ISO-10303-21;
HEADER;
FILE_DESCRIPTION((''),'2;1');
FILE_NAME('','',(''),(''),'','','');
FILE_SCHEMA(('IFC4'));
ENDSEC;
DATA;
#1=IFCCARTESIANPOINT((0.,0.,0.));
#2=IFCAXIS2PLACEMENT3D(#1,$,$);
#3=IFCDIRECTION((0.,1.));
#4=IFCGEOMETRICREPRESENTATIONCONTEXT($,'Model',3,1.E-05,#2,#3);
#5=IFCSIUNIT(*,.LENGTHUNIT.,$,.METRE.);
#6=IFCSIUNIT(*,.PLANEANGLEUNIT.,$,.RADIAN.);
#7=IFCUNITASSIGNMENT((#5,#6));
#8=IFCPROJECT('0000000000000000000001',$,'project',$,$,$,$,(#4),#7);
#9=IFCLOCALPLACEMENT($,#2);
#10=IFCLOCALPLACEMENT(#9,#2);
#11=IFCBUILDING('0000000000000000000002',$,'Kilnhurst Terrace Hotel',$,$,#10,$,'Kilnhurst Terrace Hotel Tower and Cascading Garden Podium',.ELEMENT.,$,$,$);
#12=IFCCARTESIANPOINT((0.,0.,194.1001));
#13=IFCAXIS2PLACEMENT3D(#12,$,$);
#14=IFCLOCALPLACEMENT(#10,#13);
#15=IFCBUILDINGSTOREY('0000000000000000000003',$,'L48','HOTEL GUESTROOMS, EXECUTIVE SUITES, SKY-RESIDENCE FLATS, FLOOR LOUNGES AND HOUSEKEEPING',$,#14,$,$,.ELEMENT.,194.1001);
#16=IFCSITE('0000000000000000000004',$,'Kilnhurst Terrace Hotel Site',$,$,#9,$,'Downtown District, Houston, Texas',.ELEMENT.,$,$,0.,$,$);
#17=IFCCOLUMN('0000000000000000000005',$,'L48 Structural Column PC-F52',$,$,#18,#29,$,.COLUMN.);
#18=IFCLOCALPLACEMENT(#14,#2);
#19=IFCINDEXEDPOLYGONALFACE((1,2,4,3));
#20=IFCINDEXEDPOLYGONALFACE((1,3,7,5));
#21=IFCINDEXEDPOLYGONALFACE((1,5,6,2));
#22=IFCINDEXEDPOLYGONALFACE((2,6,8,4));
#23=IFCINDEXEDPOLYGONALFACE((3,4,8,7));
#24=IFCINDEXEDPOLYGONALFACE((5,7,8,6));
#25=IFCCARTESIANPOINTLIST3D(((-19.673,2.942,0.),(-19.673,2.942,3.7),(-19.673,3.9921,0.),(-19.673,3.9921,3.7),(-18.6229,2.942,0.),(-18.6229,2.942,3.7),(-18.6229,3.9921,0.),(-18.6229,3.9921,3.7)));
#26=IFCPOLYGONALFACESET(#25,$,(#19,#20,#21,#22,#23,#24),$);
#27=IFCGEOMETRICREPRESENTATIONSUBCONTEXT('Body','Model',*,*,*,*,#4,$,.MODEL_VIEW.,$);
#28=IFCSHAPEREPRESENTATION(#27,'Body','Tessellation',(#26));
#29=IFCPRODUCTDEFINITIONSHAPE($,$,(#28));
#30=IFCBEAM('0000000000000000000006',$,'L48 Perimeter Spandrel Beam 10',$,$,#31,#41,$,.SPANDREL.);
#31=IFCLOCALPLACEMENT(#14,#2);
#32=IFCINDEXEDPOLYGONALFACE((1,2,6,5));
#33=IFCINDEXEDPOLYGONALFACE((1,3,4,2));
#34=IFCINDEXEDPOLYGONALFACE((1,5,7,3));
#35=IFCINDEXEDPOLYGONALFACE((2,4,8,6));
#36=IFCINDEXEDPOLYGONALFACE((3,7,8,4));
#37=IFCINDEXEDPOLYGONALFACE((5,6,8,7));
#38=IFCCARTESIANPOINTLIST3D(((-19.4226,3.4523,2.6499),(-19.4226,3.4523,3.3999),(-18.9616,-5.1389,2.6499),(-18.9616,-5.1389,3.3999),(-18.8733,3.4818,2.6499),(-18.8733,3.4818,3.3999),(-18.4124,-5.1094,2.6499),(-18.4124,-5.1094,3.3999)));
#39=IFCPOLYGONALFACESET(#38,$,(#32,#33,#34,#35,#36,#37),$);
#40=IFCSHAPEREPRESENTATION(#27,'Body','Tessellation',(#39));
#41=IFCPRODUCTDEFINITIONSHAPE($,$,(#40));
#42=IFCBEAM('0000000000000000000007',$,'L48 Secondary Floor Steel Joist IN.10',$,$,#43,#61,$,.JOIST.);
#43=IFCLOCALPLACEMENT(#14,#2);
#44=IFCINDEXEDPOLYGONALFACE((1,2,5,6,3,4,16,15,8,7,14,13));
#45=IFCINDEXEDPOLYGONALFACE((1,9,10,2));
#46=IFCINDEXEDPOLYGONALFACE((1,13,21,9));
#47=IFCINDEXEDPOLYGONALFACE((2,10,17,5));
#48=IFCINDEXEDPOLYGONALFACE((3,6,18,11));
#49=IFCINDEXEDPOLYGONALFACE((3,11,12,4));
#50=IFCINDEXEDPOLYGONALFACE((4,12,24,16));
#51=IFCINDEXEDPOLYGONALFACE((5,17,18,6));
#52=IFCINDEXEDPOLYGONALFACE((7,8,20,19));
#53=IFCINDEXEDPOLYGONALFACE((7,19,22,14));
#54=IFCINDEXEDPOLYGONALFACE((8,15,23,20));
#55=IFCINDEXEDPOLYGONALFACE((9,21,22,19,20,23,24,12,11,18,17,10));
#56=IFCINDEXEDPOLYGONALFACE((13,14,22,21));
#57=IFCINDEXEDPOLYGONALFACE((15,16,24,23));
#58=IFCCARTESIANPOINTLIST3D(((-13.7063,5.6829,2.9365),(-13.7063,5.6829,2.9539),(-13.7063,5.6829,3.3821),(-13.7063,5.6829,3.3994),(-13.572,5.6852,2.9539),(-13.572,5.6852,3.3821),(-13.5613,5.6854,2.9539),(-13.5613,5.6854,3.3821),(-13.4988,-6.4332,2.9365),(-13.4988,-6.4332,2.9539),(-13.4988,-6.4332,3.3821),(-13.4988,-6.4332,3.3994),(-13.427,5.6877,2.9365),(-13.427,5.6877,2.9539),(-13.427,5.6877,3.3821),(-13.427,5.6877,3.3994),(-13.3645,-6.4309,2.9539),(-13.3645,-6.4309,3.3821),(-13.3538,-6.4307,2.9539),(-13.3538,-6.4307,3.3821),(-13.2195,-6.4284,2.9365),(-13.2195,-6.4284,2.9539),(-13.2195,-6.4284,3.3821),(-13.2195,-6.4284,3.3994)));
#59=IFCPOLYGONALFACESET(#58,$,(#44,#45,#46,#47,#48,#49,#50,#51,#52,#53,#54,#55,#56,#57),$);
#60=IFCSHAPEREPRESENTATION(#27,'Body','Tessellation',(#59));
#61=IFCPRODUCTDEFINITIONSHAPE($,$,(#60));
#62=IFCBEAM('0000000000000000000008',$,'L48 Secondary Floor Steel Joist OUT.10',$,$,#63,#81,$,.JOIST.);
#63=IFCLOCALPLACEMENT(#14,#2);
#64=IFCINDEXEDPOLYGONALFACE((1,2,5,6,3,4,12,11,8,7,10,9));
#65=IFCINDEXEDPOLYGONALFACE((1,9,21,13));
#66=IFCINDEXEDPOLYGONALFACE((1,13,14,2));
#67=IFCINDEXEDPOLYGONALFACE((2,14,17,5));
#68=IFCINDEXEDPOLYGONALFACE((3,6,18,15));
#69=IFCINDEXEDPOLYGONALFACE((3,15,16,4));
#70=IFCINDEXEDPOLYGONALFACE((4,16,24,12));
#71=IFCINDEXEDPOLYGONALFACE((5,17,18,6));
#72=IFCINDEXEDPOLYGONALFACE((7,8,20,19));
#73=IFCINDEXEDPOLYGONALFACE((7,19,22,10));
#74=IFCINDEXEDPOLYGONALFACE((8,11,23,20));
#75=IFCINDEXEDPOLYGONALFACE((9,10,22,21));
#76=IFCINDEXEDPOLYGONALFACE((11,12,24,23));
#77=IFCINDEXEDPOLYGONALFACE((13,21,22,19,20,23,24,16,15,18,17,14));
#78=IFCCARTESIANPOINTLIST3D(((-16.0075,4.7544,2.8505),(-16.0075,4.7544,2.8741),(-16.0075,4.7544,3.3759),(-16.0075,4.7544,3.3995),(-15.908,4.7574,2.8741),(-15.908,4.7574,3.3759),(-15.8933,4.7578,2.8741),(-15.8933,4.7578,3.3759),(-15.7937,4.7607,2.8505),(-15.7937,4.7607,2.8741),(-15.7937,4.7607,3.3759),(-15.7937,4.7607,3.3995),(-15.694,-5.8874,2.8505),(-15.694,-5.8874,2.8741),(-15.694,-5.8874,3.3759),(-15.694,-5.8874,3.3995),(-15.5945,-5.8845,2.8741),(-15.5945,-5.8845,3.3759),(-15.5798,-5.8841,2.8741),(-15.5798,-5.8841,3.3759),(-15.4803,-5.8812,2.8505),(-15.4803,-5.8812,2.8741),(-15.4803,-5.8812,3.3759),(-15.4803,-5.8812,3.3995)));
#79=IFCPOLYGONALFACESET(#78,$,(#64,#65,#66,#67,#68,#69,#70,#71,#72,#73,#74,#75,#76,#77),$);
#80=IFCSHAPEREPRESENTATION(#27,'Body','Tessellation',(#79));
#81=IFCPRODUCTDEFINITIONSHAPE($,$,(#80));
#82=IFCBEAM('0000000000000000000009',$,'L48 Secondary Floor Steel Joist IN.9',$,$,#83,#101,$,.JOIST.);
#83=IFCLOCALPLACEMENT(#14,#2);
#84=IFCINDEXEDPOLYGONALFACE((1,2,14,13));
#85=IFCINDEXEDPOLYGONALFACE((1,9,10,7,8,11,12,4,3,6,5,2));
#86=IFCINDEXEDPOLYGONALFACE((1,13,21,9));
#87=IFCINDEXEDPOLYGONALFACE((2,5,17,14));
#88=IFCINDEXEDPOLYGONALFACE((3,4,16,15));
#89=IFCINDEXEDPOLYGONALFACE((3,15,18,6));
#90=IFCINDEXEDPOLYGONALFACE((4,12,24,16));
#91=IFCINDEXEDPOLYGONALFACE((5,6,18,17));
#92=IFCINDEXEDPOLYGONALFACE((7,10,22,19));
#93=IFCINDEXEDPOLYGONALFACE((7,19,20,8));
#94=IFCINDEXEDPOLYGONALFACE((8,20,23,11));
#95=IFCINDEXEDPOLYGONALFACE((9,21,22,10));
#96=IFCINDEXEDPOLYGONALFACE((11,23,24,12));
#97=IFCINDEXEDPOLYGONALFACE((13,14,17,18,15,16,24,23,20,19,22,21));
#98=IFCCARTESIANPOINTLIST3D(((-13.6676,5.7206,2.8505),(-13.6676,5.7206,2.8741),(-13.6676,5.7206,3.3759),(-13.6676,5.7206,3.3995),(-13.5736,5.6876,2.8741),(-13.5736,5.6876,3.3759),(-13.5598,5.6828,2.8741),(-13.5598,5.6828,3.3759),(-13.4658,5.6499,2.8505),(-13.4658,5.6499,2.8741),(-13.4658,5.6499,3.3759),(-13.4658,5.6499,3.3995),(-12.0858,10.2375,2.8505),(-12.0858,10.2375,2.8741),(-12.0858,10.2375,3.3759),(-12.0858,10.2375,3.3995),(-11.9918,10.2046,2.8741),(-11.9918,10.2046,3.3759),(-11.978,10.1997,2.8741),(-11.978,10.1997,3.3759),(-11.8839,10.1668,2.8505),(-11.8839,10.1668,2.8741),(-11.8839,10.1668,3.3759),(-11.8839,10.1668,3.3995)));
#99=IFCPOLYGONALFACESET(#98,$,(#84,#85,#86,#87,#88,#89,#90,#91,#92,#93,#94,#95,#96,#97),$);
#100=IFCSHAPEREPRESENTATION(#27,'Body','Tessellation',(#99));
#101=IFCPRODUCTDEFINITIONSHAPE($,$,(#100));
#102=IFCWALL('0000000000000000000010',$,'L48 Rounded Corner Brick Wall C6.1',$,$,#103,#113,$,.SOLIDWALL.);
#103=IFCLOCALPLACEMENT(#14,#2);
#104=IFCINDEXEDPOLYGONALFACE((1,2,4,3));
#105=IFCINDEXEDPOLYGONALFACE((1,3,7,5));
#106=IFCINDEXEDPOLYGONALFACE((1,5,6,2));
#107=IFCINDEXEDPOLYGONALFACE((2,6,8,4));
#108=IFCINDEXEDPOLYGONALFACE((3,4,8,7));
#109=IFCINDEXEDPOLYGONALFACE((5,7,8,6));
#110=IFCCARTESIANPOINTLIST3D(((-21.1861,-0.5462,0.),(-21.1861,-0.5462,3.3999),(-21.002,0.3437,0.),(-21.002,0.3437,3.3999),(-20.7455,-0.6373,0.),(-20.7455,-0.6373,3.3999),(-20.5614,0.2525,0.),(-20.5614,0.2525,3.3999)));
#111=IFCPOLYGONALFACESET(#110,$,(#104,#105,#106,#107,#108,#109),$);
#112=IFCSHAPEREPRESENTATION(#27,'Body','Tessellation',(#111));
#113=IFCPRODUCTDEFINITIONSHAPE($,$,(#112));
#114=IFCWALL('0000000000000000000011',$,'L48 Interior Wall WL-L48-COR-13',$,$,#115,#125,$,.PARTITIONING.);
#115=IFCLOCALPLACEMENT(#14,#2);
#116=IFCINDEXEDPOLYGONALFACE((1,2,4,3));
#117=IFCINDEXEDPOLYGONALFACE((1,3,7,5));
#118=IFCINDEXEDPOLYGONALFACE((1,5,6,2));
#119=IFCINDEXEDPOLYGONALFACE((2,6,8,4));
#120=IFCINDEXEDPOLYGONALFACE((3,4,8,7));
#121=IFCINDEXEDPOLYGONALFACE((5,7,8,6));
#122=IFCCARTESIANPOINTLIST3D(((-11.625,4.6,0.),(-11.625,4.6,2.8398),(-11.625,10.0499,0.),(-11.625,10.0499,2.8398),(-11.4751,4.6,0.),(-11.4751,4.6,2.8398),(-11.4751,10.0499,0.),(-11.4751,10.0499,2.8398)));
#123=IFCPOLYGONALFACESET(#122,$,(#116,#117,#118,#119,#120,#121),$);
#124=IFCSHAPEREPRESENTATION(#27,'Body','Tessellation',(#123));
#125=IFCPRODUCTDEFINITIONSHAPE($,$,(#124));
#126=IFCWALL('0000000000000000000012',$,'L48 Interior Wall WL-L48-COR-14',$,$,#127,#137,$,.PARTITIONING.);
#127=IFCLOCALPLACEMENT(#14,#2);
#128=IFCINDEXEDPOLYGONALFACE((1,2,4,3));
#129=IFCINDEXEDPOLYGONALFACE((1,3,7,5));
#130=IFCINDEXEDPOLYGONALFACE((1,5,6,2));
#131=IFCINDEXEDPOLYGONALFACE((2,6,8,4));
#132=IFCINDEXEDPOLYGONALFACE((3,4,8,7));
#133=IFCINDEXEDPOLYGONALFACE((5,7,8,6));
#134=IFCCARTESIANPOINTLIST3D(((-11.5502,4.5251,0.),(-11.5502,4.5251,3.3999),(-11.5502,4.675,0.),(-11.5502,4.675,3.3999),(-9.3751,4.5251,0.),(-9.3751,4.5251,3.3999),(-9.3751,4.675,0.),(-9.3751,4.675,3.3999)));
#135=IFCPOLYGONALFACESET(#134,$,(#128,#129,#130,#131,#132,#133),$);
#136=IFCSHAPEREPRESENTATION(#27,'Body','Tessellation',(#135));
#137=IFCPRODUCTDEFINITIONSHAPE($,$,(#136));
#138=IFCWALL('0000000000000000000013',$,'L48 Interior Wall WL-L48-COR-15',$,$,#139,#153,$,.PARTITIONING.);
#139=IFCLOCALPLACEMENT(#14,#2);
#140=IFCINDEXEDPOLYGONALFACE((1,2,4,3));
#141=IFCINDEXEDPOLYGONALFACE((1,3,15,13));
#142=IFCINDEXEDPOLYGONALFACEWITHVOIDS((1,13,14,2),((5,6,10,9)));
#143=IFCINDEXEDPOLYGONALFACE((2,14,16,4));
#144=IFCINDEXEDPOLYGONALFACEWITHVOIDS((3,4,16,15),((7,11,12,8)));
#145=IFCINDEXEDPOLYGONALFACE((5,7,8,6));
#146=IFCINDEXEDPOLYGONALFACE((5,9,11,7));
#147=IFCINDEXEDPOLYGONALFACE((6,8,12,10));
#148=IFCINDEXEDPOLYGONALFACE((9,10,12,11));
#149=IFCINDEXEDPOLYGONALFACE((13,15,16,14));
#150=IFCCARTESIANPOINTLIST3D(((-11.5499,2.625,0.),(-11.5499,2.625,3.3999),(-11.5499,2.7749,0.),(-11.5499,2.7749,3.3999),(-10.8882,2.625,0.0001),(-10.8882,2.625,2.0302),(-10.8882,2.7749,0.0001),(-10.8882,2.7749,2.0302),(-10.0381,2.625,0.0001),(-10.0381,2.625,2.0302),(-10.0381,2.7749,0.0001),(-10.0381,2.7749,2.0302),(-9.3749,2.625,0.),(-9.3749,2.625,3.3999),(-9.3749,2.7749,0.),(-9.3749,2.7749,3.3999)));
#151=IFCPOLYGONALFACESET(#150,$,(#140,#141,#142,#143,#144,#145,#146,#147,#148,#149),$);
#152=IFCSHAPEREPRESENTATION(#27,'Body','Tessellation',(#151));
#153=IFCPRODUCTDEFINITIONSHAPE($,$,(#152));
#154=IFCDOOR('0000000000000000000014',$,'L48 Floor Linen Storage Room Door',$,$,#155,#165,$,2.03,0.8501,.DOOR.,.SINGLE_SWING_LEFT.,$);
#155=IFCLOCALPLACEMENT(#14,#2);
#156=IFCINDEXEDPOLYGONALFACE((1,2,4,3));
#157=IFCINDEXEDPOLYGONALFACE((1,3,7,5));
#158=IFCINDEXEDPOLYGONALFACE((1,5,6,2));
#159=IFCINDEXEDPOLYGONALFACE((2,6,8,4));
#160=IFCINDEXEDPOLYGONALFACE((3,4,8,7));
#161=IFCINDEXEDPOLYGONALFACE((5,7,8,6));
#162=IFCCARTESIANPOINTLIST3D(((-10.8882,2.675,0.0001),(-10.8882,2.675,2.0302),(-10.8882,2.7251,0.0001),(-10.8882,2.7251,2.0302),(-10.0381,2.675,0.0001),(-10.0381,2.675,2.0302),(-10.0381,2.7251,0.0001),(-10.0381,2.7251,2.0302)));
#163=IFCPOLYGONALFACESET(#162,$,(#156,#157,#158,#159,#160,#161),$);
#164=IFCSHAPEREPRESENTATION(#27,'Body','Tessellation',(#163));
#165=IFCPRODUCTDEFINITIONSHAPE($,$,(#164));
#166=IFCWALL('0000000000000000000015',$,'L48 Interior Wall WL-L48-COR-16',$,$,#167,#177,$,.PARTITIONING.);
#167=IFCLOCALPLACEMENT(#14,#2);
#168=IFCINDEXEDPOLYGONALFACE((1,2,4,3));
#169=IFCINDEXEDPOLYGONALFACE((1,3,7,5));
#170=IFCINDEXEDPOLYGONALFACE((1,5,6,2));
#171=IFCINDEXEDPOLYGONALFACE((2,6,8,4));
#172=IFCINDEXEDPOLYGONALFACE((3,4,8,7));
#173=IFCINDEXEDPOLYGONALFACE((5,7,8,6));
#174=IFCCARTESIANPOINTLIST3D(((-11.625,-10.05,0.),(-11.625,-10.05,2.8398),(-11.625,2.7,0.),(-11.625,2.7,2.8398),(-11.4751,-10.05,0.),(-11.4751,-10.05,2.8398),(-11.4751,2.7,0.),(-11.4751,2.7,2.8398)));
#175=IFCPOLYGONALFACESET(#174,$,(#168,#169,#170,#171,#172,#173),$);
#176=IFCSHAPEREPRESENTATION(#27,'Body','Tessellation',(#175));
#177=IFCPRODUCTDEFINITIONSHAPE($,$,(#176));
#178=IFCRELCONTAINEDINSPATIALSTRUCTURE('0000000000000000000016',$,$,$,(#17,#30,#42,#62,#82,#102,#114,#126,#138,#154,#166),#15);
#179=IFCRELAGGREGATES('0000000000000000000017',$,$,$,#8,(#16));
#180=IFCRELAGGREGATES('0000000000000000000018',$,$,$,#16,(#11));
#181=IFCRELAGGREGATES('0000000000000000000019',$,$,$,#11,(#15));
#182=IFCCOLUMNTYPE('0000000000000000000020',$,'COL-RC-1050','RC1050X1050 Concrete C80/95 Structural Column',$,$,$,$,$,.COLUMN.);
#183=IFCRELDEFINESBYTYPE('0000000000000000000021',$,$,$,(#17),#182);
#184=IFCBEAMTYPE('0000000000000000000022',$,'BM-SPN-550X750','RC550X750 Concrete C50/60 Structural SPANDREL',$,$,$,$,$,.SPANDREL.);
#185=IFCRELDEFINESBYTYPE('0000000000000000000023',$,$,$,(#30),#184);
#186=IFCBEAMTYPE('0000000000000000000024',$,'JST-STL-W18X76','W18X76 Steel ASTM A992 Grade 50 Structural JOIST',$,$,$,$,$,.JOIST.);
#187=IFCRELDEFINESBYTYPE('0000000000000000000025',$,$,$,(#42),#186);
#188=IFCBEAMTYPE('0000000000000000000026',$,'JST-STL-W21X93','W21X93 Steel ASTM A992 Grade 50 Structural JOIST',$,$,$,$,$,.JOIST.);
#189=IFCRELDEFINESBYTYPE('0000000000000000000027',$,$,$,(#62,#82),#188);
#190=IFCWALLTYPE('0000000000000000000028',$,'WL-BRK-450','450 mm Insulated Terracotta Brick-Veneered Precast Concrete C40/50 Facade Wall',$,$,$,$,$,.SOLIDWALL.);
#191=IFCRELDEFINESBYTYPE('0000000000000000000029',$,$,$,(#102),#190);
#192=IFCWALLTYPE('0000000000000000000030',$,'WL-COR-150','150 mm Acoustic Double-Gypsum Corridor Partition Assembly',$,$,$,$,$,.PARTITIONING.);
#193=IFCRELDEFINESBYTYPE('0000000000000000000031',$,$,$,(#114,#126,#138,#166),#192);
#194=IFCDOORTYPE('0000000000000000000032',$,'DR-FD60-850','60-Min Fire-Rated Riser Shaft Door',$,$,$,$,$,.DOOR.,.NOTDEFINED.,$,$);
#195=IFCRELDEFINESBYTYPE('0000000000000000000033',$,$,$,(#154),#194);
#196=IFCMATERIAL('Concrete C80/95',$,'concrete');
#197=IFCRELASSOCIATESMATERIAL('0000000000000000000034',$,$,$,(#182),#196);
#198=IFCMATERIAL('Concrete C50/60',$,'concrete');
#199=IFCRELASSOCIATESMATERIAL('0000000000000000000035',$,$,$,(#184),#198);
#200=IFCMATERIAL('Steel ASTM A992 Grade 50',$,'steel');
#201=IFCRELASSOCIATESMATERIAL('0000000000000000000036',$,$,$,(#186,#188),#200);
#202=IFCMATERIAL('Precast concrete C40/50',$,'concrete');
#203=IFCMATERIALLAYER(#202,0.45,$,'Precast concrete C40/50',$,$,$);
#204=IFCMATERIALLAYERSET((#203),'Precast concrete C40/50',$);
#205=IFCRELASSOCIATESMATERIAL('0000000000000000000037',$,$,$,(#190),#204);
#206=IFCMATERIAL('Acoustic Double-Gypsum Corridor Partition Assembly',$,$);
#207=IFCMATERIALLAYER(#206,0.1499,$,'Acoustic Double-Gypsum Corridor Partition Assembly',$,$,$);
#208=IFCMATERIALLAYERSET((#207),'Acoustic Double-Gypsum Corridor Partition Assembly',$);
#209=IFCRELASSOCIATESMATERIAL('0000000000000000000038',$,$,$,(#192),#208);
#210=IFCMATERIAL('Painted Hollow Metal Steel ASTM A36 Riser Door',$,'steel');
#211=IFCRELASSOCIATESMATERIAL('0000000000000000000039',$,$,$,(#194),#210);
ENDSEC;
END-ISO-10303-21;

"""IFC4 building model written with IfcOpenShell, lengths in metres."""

from ifc_helpers import new_model, si_unit, direction, frame, frame_2d, origin, origin_2d, place, context, subcontext, project, spatial, rectangle, i_section, extrude, material, layer, layer_set, material_profile, profile_set, type_object, element, fill, save


model = new_model("IFC4")

# Units and contexts
model_context = context("Model", 3, precision=1e-05, world=origin(), true_north=direction((0.0, 1.0)))
body_context = subcontext(model_context, "Body", "Model", "MODEL_VIEW")
ifc_project = project(units=[si_unit("LENGTHUNIT", "METRE"), si_unit("PLANEANGLEUNIT", "RADIAN")], contexts=[model_context])

# Site, building, storey
site_placement = place(None, origin())
site = spatial("IfcSite", under=ifc_project, at=site_placement, Name="Kilnhurst Terrace Hotel Site", LongName="Downtown District, Houston, Texas", CompositionType="ELEMENT", RefElevation=0.0)
building_placement = place(site_placement, origin())
building = spatial("IfcBuilding", under=site, at=building_placement, Name="Kilnhurst Terrace Hotel", LongName="Kilnhurst Terrace Hotel Tower and Cascading Garden Podium", CompositionType="ELEMENT")
storey_placement = place(building_placement, frame((0.0, 0.0, 194.1001)))
storey = spatial("IfcBuildingStorey", under=building, at=storey_placement, Name="L48", Description="HOTEL GUESTROOMS, EXECUTIVE SUITES, SKY-RESIDENCE FLATS, FLOOR LOUNGES AND HOUSEKEEPING", CompositionType="ELEMENT", Elevation=194.1001)

# Column
ifc_material_1 = material(Name="Concrete C80/95", Category="concrete")
ifc_material_profile_1 = material_profile(ifc_material_1, rectangle(XDim=1.05, YDim=1.05, at=origin_2d()), Name="RC1050X1050")
ifc_profile_set_1 = profile_set([ifc_material_profile_1], Name="Concrete C80/95")
column_type = type_object("IfcColumnType", Name="COL-RC-1050", Description="RC1050X1050 Concrete C80/95 Structural Column", PredefinedType="COLUMN", material=ifc_profile_set_1)
column_placement = place(storey_placement, frame((-19.1479, 3.467, 0.0), z_axis=(0.0, 0.0, 1.0), x_axis=(1.0, 0.0, 0.0)))
element("IfcColumn", 1, at=column_placement, inside=storey, type_object=column_type, Name="L48 Structural Column PC-F52", PredefinedType="COLUMN", context=body_context, shape_type="SweptSolid", body=[
    extrude(rectangle(XDim=1.05, YDim=1.05, at=origin_2d()), origin(), (0.0, 0.0, 1.0), 3.7),
])

# Beams
ifc_material_2 = material(Name="Concrete C50/60", Category="concrete")
ifc_material_profile_2 = material_profile(ifc_material_2, rectangle(XDim=0.55, YDim=0.75, at=origin_2d()), Name="RC550X750")
ifc_profile_set_2 = profile_set([ifc_material_profile_2], Name="Concrete C50/60")
beam_type_1 = type_object("IfcBeamType", Name="BM-SPN-550X750", Description="RC550X750 Concrete C50/60 Structural SPANDREL", PredefinedType="SPANDREL", material=ifc_profile_set_2)
beam_1_placement = place(storey_placement, frame((-19.1479, 3.467, 3.0249), z_axis=(0.053576, -0.998564, 0.0), x_axis=(0.998564, 0.053576, 0.0)))
element("IfcBeam", 2, at=beam_1_placement, inside=storey, type_object=beam_type_1, Name="L48 Perimeter Spandrel Beam 10", PredefinedType="SPANDREL", context=body_context, shape_type="SweptSolid", body=[
    extrude(rectangle(XDim=0.55, YDim=0.75, at=origin_2d()), origin(), (0.0, 0.0, 1.0), 8.6035),
])
ifc_material_3 = material(Name="Steel ASTM A992 Grade 50", Category="steel")
ifc_material_profile_3 = material_profile(ifc_material_3, i_section(OverallWidth=0.2793, OverallDepth=0.4629, WebThickness=0.0107, FlangeThickness=0.0173, at=origin_2d()), Name="W18X76")
ifc_profile_set_3 = profile_set([ifc_material_profile_3], Name="Steel ASTM A992 Grade 50")
beam_type_2 = type_object("IfcBeamType", Name="JST-STL-W18X76", Description="W18X76 Steel ASTM A992 Grade 50 Structural JOIST", PredefinedType="JOIST", material=ifc_profile_set_3)
beam_2_placement = place(storey_placement, frame((-13.5667, 5.6853, 3.168), z_axis=(0.017125, -0.999853, 0.0), x_axis=(0.999853, 0.017125, 0.0)))
element("IfcBeam", 3, at=beam_2_placement, inside=storey, type_object=beam_type_2, Name="L48 Secondary Floor Steel Joist IN.10", PredefinedType="JOIST", context=body_context, shape_type="SweptSolid", body=[
    extrude(i_section(OverallWidth=0.2793, OverallDepth=0.4629, WebThickness=0.0107, FlangeThickness=0.0173, at=origin_2d()), origin(), (0.0, 0.0, 1.0), 12.1179),
])
ifc_material_profile_4 = material_profile(ifc_material_3, i_section(OverallWidth=0.2139, OverallDepth=0.5491, WebThickness=0.0146, FlangeThickness=0.0237, at=origin_2d()), Name="W21X93")
ifc_profile_set_4 = profile_set([ifc_material_profile_4], Name="Steel ASTM A992 Grade 50")
beam_type_3 = type_object("IfcBeamType", Name="JST-STL-W21X93", Description="W21X93 Steel ASTM A992 Grade 50 Structural JOIST", PredefinedType="JOIST", material=ifc_profile_set_4)
beam_3_placement = place(storey_placement, frame((-15.9006, 4.7576, 3.125), z_axis=(0.029444, -0.999566, 0.0), x_axis=(0.999566, 0.029444, 0.0)))
element("IfcBeam", 4, at=beam_3_placement, inside=storey, type_object=beam_type_3, Name="L48 Secondary Floor Steel Joist OUT.10", PredefinedType="JOIST", context=body_context, shape_type="SweptSolid", body=[
    extrude(i_section(OverallWidth=0.2139, OverallDepth=0.5491, WebThickness=0.0146, FlangeThickness=0.0237, at=origin_2d()), origin(), (0.0, 0.0, 1.0), 10.6465),
])
beam_4_placement = place(storey_placement, frame((-11.9849, 10.2021, 3.125), z_axis=(-0.330516, -0.9438, 0.0), x_axis=(0.9438, -0.330516, 0.0)))
element("IfcBeam", 5, at=beam_4_placement, inside=storey, type_object=beam_type_3, Name="L48 Secondary Floor Steel Joist IN.9", PredefinedType="JOIST", context=body_context, shape_type="SweptSolid", body=[
    extrude(i_section(OverallWidth=0.2139, OverallDepth=0.5491, WebThickness=0.0146, FlangeThickness=0.0237, at=origin_2d()), origin(), (0.0, 0.0, 1.0), 4.7859),
])

# Walls
ifc_material_4 = material(Name="Precast concrete C40/50", Category="concrete")
ifc_layer_1 = layer(ifc_material_4, 0.45, Name="Precast concrete C40/50")
ifc_layer_set_1 = layer_set([ifc_layer_1], Name="Precast concrete C40/50")
wall_type_1 = type_object("IfcWallType", Name="WL-BRK-450", Description="450 mm Insulated Terracotta Brick-Veneered Precast Concrete C40/50 Facade Wall", PredefinedType="SOLIDWALL", material=ifc_layer_set_1)
wall_1_placement = place(storey_placement, frame((-20.7817, 0.2981, 0.0), z_axis=(0.0, 0.0, 1.0), x_axis=(-0.20257, -0.979268, 0.0)))
element("IfcWall", 6, at=wall_1_placement, inside=storey, type_object=wall_type_1, Name="L48 Rounded Corner Brick Wall C6.1", PredefinedType="SOLIDWALL", context=body_context, shape_type="SweptSolid", body=[
    extrude(rectangle(XDim=0.9087, YDim=0.45, at=frame_2d((0.4543, 0.0))), origin(), (0.0, 0.0, 1.0), 3.3999),
])
ifc_material_5 = material(Name="Acoustic Double-Gypsum Corridor Partition Assembly")
ifc_layer_2 = layer(ifc_material_5, 0.1499, Name="Acoustic Double-Gypsum Corridor Partition Assembly")
ifc_layer_set_2 = layer_set([ifc_layer_2], Name="Acoustic Double-Gypsum Corridor Partition Assembly")
wall_type_2 = type_object("IfcWallType", Name="WL-COR-150", Description="150 mm Acoustic Double-Gypsum Corridor Partition Assembly", PredefinedType="PARTITIONING", material=ifc_layer_set_2)
wall_2_placement = place(storey_placement, frame((-11.55, 10.05, 0.0), z_axis=(0.0, 0.0, 1.0), x_axis=(0.0, -1.0, 0.0)))
element("IfcWall", 7, at=wall_2_placement, inside=storey, type_object=wall_type_2, Name="L48 Interior Wall WL-L48-COR-13", PredefinedType="PARTITIONING", context=body_context, shape_type="SweptSolid", body=[
    extrude(rectangle(XDim=5.45, YDim=0.1499, at=frame_2d((2.7251, 0.0))), origin(), (0.0, 0.0, 1.0), 2.8398),
])
wall_3_placement = place(storey_placement, frame((-11.55, 4.6001, 0.0), z_axis=(0.0, 0.0, 1.0), x_axis=(1.0, 0.0, 0.0)))
element("IfcWall", 8, at=wall_3_placement, inside=storey, type_object=wall_type_2, Name="L48 Interior Wall WL-L48-COR-14", PredefinedType="PARTITIONING", context=body_context, shape_type="SweptSolid", body=[
    extrude(rectangle(XDim=2.175, YDim=0.1499, at=frame_2d((1.0874, 0.0))), origin(), (0.0, 0.0, 1.0), 3.3999),
])

# Wall, opening, door
wall_4_placement = place(storey_placement, frame((-9.375, 2.7, 0.0), z_axis=(0.0, 0.0, 1.0), x_axis=(-1.0, 0.0, 0.0)))
wall_4 = element("IfcWall", 9, at=wall_4_placement, inside=storey, type_object=wall_type_2, Name="L48 Interior Wall WL-L48-COR-15", PredefinedType="PARTITIONING", context=body_context, shape_type="SweptSolid", body=[
    extrude(rectangle(XDim=2.175, YDim=0.1499, at=frame_2d((1.0874, 0.0))), origin(), (0.0, 0.0, 1.0), 3.3999),
])
opening_placement = place(wall_4_placement, frame((0.6631, 0.0, 0.0)))
opening = element("IfcOpeningElement", 10, at=opening_placement, cuts=wall_4, PredefinedType="OPENING", context=body_context, shape_type="SweptSolid", body=[
    extrude(rectangle(XDim=0.8501, YDim=2.03, at=frame_2d((0.425, 1.0151))), frame((0.0, 0.085, 0.0), z_axis=(0.0, -1.0, 0.0), x_axis=(1.0, 0.0, 0.0)), (0.0, 0.0, 1.0), 0.1699),
])
ifc_material_6 = material(Name="Painted Hollow Metal Steel ASTM A36 Riser Door", Category="steel")
door_type = type_object("IfcDoorType", Name="DR-FD60-850", Description="60-Min Fire-Rated Riser Shaft Door", OperationType="NOTDEFINED", PredefinedType="DOOR", material=ifc_material_6)
door_placement = place(opening_placement, origin())
door = element("IfcDoor", 11, at=door_placement, inside=storey, type_object=door_type, Name="L48 Floor Linen Storage Room Door", OperationType="SINGLE_SWING_LEFT", OverallHeight=2.03, OverallWidth=0.8501, PredefinedType="DOOR", context=body_context, shape_type="SweptSolid", body=[
    extrude(rectangle(XDim=0.8501, YDim=2.03, at=frame_2d((0.425, 1.0151))), frame((0.0, 0.0249, 0.0), z_axis=(0.0, -1.0, 0.0), x_axis=(1.0, 0.0, 0.0)), (0.0, 0.0, 1.0), 0.05),
])
fill(opening, door)

# Wall
wall_5_placement = place(storey_placement, frame((-11.55, 2.7, 0.0), z_axis=(0.0, 0.0, 1.0), x_axis=(0.0, -1.0, 0.0)))
element("IfcWall", 12, at=wall_5_placement, inside=storey, type_object=wall_type_2, Name="L48 Interior Wall WL-L48-COR-16", PredefinedType="PARTITIONING", context=body_context, shape_type="SweptSolid", body=[
    extrude(rectangle(XDim=12.75, YDim=0.1499, at=frame_2d((6.375, 0.0))), origin(), (0.0, 0.0, 1.0), 2.8398),
])

save(model, "model.ifc")
